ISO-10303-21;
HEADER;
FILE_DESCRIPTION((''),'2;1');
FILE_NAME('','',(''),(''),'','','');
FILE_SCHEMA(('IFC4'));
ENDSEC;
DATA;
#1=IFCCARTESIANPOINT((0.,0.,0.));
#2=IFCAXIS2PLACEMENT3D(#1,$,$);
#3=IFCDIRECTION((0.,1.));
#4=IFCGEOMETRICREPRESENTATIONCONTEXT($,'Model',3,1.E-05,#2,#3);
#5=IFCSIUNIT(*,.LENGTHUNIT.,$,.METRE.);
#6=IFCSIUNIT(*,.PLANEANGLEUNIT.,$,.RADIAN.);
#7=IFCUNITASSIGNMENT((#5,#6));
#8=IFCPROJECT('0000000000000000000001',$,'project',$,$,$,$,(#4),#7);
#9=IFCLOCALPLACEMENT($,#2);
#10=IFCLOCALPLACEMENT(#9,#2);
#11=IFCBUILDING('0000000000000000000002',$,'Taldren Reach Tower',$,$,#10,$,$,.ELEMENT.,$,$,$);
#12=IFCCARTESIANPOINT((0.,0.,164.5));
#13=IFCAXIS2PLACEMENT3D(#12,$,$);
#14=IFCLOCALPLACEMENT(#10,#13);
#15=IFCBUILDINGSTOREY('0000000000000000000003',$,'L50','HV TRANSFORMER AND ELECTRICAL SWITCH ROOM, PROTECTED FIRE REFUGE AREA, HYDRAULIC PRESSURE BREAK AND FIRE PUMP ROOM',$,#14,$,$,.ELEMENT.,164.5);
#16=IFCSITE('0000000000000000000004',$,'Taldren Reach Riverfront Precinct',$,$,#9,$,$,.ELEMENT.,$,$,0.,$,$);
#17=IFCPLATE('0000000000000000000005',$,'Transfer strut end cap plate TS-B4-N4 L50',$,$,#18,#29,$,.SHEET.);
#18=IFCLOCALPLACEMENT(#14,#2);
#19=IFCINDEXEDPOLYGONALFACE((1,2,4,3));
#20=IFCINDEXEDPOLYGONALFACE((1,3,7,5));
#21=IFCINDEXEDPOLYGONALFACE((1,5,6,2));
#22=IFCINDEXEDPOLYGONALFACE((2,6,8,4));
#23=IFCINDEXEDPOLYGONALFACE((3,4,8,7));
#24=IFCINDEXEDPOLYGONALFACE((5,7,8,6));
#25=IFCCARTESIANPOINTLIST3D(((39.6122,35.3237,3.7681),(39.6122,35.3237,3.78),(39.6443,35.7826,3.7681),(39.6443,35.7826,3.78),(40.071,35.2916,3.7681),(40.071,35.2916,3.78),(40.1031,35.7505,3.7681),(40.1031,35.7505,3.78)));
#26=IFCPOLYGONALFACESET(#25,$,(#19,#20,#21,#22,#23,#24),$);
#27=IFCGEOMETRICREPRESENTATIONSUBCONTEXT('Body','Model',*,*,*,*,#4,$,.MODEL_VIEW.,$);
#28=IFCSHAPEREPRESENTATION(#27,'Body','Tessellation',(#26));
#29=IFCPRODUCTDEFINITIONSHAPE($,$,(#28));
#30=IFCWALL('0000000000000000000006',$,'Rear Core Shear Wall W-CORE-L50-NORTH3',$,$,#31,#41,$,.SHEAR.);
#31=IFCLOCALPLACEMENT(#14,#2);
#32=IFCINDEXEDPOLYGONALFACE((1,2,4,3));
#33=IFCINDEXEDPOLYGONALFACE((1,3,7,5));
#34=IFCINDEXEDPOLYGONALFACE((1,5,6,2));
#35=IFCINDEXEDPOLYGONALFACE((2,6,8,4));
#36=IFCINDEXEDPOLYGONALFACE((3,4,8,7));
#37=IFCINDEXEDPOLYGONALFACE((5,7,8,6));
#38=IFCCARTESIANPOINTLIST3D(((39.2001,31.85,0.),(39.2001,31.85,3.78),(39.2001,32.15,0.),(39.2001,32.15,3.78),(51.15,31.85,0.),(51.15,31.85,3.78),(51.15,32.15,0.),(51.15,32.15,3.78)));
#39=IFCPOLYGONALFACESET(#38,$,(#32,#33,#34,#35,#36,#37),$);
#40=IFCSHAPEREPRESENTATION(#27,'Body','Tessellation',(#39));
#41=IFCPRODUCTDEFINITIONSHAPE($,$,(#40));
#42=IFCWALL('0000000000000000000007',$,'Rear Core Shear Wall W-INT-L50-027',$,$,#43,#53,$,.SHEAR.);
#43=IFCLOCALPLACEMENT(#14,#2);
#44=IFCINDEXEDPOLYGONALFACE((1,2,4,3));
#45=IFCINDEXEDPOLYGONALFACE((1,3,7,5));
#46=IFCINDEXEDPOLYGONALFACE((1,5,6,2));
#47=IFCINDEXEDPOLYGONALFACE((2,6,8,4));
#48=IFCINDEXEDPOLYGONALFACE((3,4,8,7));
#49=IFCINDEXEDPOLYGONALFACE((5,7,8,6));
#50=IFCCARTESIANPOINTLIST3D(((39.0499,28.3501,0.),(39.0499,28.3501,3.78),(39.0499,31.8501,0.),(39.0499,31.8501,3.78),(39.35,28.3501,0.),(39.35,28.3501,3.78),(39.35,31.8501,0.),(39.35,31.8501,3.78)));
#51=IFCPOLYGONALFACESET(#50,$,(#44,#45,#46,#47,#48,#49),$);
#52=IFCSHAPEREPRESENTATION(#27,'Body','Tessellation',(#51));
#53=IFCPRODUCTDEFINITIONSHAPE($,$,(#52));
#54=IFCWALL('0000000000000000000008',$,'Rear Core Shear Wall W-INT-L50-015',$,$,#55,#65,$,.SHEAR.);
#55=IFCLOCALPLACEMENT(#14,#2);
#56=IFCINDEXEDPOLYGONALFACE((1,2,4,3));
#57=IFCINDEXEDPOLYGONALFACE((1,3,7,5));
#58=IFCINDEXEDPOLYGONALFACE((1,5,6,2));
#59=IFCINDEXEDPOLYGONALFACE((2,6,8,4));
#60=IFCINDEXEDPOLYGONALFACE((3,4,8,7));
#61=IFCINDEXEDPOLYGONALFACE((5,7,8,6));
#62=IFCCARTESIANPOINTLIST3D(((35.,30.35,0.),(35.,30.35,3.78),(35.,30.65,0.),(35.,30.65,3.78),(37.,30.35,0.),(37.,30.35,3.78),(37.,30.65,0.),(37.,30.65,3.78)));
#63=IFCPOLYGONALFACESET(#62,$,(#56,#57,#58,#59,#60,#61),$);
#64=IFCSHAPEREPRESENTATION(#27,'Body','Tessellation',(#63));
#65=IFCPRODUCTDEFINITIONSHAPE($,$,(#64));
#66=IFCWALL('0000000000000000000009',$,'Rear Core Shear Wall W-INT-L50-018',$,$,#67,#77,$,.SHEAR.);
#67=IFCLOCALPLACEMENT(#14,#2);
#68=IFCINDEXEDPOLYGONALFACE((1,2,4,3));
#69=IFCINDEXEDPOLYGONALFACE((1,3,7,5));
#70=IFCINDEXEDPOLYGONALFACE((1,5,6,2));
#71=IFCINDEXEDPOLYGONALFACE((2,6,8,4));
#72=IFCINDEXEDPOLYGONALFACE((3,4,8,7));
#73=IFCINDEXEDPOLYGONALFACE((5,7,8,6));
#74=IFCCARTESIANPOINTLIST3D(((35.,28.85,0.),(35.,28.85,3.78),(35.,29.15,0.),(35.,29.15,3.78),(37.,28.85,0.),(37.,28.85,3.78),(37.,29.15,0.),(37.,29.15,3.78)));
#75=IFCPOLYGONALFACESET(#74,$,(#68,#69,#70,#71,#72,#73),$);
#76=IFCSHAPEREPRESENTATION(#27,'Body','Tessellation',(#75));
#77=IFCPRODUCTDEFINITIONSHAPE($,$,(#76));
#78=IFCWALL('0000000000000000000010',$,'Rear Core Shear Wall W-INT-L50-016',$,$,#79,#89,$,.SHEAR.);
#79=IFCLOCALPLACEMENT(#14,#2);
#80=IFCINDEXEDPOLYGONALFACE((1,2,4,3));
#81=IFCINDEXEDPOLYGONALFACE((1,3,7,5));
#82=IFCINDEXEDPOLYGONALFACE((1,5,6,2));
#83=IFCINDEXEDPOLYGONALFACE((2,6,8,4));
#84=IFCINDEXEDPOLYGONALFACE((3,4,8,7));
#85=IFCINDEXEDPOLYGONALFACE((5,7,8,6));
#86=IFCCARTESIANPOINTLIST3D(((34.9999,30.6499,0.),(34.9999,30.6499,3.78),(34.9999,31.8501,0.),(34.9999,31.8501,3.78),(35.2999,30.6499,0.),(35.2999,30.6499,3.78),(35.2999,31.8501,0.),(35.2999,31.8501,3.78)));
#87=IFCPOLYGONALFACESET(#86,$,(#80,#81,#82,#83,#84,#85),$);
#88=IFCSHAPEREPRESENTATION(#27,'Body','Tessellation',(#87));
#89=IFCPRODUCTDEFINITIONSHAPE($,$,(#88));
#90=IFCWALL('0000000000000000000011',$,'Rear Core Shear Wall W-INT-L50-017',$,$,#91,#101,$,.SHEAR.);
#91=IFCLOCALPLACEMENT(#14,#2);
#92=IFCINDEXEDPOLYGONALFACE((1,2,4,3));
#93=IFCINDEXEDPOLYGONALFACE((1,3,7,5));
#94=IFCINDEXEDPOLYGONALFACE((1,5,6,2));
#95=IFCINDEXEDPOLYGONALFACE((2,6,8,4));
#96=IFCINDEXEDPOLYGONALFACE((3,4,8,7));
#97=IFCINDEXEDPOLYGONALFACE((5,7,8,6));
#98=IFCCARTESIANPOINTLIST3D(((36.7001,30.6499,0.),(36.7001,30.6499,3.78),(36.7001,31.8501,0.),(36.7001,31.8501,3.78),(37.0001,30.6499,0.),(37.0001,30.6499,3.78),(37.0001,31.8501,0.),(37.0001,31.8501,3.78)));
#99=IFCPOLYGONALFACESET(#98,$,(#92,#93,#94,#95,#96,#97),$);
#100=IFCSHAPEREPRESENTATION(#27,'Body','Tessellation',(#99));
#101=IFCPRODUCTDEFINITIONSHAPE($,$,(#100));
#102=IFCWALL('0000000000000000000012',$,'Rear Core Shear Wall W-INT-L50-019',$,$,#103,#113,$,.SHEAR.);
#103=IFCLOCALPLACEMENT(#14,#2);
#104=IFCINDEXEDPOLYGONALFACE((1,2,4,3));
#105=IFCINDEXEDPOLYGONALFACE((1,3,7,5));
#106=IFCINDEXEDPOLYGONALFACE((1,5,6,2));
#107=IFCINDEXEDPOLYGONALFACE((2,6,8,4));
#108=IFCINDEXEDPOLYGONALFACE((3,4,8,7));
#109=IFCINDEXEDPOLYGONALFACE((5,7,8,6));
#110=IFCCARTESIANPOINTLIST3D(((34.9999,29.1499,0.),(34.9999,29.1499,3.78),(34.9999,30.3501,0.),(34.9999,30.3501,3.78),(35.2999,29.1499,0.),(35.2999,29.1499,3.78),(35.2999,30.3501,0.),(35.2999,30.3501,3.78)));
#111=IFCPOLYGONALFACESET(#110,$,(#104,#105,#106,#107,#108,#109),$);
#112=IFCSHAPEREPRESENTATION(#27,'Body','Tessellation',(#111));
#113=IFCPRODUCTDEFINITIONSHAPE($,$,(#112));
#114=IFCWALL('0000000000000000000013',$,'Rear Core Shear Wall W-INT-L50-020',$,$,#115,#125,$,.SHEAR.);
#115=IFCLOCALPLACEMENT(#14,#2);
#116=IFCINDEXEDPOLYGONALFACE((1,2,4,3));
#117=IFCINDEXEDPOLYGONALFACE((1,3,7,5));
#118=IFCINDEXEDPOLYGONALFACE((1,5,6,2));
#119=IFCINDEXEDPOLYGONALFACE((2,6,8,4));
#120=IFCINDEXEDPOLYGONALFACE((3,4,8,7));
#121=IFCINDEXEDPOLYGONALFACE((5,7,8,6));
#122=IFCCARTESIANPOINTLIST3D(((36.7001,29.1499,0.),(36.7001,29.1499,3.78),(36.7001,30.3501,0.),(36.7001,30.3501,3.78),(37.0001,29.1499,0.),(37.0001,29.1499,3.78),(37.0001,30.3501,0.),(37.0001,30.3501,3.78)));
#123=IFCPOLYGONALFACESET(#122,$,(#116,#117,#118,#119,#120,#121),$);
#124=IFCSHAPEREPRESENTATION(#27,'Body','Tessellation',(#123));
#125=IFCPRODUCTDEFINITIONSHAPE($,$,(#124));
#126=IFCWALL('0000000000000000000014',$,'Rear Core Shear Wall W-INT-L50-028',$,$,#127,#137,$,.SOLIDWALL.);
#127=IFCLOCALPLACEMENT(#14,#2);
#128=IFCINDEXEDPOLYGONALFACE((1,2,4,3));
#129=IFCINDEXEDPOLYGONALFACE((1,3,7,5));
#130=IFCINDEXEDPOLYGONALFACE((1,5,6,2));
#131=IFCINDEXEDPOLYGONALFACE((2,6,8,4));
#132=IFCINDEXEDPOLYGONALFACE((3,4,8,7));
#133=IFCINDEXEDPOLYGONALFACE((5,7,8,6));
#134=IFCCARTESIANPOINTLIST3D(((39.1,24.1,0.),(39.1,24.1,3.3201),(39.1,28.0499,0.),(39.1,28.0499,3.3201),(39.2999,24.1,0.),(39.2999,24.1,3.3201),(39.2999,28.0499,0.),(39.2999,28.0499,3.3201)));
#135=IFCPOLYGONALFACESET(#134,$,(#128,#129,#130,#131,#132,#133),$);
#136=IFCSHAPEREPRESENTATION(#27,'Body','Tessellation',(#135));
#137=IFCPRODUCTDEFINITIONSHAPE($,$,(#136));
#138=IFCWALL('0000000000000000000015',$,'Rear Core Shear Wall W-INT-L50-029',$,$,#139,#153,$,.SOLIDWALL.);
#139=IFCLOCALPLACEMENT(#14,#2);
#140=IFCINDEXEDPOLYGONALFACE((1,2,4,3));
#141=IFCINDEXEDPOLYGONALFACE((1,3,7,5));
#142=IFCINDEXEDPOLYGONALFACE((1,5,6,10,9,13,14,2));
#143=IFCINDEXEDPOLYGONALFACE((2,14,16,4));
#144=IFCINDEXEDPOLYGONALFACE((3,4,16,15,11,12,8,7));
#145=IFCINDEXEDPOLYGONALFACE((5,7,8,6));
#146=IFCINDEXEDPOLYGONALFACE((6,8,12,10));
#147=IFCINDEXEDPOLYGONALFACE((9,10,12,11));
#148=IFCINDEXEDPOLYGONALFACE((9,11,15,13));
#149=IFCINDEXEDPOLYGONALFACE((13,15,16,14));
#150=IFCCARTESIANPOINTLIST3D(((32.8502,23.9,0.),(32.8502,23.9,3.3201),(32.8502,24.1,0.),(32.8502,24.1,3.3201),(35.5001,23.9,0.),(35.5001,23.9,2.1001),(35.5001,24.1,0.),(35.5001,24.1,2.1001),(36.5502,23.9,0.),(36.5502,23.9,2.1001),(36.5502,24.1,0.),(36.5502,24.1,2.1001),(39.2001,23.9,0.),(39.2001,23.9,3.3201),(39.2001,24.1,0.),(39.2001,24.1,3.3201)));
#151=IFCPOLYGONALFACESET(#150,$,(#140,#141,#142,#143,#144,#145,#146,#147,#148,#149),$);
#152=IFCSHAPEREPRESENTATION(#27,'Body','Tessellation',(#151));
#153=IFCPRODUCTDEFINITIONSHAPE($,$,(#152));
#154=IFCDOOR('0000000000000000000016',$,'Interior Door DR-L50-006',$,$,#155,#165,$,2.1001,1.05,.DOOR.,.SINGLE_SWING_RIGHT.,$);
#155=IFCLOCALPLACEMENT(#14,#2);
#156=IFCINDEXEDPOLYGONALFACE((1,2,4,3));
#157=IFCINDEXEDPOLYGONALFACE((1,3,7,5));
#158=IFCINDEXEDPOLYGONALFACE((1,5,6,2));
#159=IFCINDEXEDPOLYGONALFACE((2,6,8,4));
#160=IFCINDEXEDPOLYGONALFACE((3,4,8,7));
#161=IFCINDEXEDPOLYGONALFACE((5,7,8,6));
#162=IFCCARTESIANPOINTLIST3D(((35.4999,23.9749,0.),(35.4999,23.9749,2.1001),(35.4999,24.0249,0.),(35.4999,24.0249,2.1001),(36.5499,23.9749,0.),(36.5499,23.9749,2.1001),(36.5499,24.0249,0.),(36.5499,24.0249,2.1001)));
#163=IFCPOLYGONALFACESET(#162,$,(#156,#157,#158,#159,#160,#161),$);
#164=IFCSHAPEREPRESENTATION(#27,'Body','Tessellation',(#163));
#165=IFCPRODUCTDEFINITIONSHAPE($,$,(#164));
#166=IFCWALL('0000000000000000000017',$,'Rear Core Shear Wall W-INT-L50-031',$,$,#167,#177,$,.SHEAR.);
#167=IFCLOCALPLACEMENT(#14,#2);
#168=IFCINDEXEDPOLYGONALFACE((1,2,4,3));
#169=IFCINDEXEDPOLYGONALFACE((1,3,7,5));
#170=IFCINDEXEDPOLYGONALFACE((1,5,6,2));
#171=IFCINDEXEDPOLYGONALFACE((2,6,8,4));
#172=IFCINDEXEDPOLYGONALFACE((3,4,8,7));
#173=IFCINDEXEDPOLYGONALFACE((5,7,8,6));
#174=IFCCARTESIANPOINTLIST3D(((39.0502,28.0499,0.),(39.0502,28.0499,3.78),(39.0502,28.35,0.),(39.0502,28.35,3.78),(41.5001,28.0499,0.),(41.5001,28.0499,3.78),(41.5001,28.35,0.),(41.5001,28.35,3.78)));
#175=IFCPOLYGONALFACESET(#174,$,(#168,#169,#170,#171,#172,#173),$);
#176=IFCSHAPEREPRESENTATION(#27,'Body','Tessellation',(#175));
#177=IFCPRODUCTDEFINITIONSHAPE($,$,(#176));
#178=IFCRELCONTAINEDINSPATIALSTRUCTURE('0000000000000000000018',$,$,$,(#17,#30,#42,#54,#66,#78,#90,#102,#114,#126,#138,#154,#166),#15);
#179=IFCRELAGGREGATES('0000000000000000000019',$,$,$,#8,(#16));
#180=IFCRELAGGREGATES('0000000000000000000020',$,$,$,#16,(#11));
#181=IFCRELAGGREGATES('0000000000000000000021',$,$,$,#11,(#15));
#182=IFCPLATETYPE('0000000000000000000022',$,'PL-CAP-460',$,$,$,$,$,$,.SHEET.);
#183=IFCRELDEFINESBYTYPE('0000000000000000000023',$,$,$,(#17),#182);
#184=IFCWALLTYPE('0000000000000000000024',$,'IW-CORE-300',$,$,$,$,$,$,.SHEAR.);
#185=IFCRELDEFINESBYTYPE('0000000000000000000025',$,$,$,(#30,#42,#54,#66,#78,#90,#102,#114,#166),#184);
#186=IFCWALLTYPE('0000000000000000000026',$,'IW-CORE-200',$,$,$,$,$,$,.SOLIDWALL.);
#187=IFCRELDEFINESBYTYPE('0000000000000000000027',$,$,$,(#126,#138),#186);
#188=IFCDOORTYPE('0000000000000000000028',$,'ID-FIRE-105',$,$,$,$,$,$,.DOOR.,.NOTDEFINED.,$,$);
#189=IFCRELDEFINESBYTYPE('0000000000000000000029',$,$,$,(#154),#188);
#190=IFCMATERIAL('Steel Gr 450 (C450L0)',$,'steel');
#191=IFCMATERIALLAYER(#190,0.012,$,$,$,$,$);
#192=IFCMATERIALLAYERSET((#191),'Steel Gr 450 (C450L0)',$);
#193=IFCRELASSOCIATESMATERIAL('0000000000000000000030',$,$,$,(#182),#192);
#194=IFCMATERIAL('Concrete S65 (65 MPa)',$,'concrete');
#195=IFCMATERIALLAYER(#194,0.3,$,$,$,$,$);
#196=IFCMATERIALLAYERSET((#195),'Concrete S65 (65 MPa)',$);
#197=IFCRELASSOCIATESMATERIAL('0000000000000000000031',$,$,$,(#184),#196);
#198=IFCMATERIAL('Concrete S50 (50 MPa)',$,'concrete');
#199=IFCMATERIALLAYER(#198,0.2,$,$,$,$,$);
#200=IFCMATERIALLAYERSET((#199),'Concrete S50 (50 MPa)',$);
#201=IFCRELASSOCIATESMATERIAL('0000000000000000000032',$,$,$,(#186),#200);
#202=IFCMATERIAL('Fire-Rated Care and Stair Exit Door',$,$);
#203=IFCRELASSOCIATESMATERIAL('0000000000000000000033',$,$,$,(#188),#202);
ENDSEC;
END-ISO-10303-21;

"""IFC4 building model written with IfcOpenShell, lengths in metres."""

from ifc_helpers import new_model, si_unit, direction, frame, frame_2d, origin, origin_2d, place, context, subcontext, project, spatial, rectangle, extrude, source, transform, mapped, material, layer, layer_set, type_object, element, fill, save


model = new_model("IFC4")

# Units and contexts
model_context = context("Model", 3, precision=1e-05, world=origin(), true_north=direction((0.0, 1.0)))
body_context = subcontext(model_context, "Body", "Model", "MODEL_VIEW")
ifc_project = project(units=[si_unit("LENGTHUNIT", "METRE"), si_unit("PLANEANGLEUNIT", "RADIAN")], contexts=[model_context])

# Site, building, storey
site_placement = place(None, origin())
site = spatial("IfcSite", under=ifc_project, at=site_placement, Name="Taldren Reach Riverfront Precinct", CompositionType="ELEMENT", RefElevation=0.0)
building_placement = place(site_placement, origin())
building = spatial("IfcBuilding", under=site, at=building_placement, Name="Taldren Reach Tower", CompositionType="ELEMENT")
storey_placement = place(building_placement, frame((0.0, 0.0, 164.5)))
storey = spatial("IfcBuildingStorey", under=building, at=storey_placement, Name="L50", Description="HV TRANSFORMER AND ELECTRICAL SWITCH ROOM, PROTECTED FIRE REFUGE AREA, HYDRAULIC PRESSURE BREAK AND FIRE PUMP ROOM", CompositionType="ELEMENT", Elevation=164.5)

# Shared definitions
ifc_material_1 = material(Name="Steel Gr 450 (C450L0)", Category="steel")

# Plate
ifc_layer_1 = layer(ifc_material_1, 0.012)
ifc_layer_set_1 = layer_set([ifc_layer_1], Name="Steel Gr 450 (C450L0)")
plate_type = type_object("IfcPlateType", Name="PL-CAP-460", PredefinedType="SHEET", material=ifc_layer_set_1)
shared_shape_1 = source(origin(), body_context, "Body", "SweptSolid", [
    extrude(rectangle(XDim=0.46, YDim=0.46, at=origin_2d()), origin(), (0.0, 0.0, 1.0), 0.012),
])
plate_placement = place(storey_placement, frame((39.8577, 35.5371, 3.7681), z_axis=(0.0, 0.0, 1.0), x_axis=(0.997564, -0.069756, 0.0)))
element("IfcPlate", 1, at=plate_placement, inside=storey, type_object=plate_type, Name="Transfer strut end cap plate TS-B4-N4 L50", PredefinedType="SHEET", context=body_context, shape_type="MappedRepresentation", body=[
    mapped(shared_shape_1, transform((0.0, 0.0, 0.0), scale=1.0)),
])

# Walls
ifc_material_2 = material(Name="Concrete S65 (65 MPa)", Category="concrete")
ifc_layer_2 = layer(ifc_material_2, 0.3)
ifc_layer_set_2 = layer_set([ifc_layer_2], Name="Concrete S65 (65 MPa)")
wall_type_1 = type_object("IfcWallType", Name="IW-CORE-300", PredefinedType="SHEAR", material=ifc_layer_set_2)
shared_shape_2 = source(origin(), body_context, "Body", "SweptSolid", [
    extrude(rectangle(XDim=11.95, YDim=0.3, at=frame_2d((5.9751, 0.0))), origin(), (0.0, 0.0, 1.0), 3.78),
])
wall_1_placement = place(storey_placement, frame((39.2, 32.0, 0.0), z_axis=(0.0, 0.0, 1.0), x_axis=(1.0, 0.0, 0.0)))
element("IfcWall", 2, at=wall_1_placement, inside=storey, type_object=wall_type_1, Name="Rear Core Shear Wall W-CORE-L50-NORTH3", PredefinedType="SHEAR", context=body_context, shape_type="MappedRepresentation", body=[
    mapped(shared_shape_2, transform((0.0, 0.0, 0.0), scale=1.0)),
])
shared_shape_3 = source(origin(), body_context, "Body", "SweptSolid", [
    extrude(rectangle(XDim=3.5, YDim=0.3, at=frame_2d((1.75, 0.0))), origin(), (0.0, 0.0, 1.0), 3.78),
])
wall_2_placement = place(storey_placement, frame((39.2, 31.8501, 0.0), z_axis=(0.0, 0.0, 1.0), x_axis=(0.0, -1.0, 0.0)))
element("IfcWall", 3, at=wall_2_placement, inside=storey, type_object=wall_type_1, Name="Rear Core Shear Wall W-INT-L50-027", PredefinedType="SHEAR", context=body_context, shape_type="MappedRepresentation", body=[
    mapped(shared_shape_3, transform((0.0, 0.0, 0.0), scale=1.0)),
])
shared_shape_4 = source(origin(), body_context, "Body", "SweptSolid", [
    extrude(rectangle(XDim=2.0, YDim=0.3, at=frame_2d((1.0, 0.0))), origin(), (0.0, 0.0, 1.0), 3.78),
])
for number, where, z_axis, x_axis, name in (
    (4, (35.0, 30.5, 0.0), (0.0, 0.0, 1.0), (1.0, 0.0, 0.0), "Rear Core Shear Wall W-INT-L50-015"),
    (5, (35.0, 29.0, 0.0), (0.0, 0.0, 1.0), (1.0, 0.0, 0.0), "Rear Core Shear Wall W-INT-L50-018"),
):
    element("IfcWall", number, at=place(storey_placement, frame(where, z_axis=z_axis, x_axis=x_axis)), inside=storey, type_object=wall_type_1, Name=name, PredefinedType="SHEAR", context=body_context, shape_type="MappedRepresentation", body=[
        mapped(shared_shape_4, transform((0.0, 0.0, 0.0), scale=1.0)),
    ])
shared_shape_5 = source(origin(), body_context, "Body", "SweptSolid", [
    extrude(rectangle(XDim=1.2002, YDim=0.3, at=frame_2d((0.6001, 0.0))), origin(), (0.0, 0.0, 1.0), 3.78),
])
for number, where, z_axis, x_axis, name in (
    (6, (35.1499, 31.8501, 0.0), (0.0, 0.0, 1.0), (0.0, -1.0, 0.0), "Rear Core Shear Wall W-INT-L50-016"),
    (7, (36.8501, 30.6499, 0.0), (0.0, 0.0, 1.0), (0.0, 1.0, 0.0), "Rear Core Shear Wall W-INT-L50-017"),
    (8, (35.1499, 30.3501, 0.0), (0.0, 0.0, 1.0), (0.0, -1.0, 0.0), "Rear Core Shear Wall W-INT-L50-019"),
    (9, (36.8501, 29.1499, 0.0), (0.0, 0.0, 1.0), (0.0, 1.0, 0.0), "Rear Core Shear Wall W-INT-L50-020"),
):
    element("IfcWall", number, at=place(storey_placement, frame(where, z_axis=z_axis, x_axis=x_axis)), inside=storey, type_object=wall_type_1, Name=name, PredefinedType="SHEAR", context=body_context, shape_type="MappedRepresentation", body=[
        mapped(shared_shape_5, transform((0.0, 0.0, 0.0), scale=1.0)),
    ])
ifc_material_3 = material(Name="Concrete S50 (50 MPa)", Category="concrete")
ifc_layer_3 = layer(ifc_material_3, 0.2)
ifc_layer_set_3 = layer_set([ifc_layer_3], Name="Concrete S50 (50 MPa)")
wall_type_2 = type_object("IfcWallType", Name="IW-CORE-200", PredefinedType="SOLIDWALL", material=ifc_layer_set_3)
shared_shape_6 = source(origin(), body_context, "Body", "SweptSolid", [
    extrude(rectangle(XDim=3.95, YDim=0.2, at=frame_2d((1.9751, 0.0))), origin(), (0.0, 0.0, 1.0), 3.3201),
])
wall_3_placement = place(storey_placement, frame((39.2, 28.05, 0.0), z_axis=(0.0, 0.0, 1.0), x_axis=(0.0, -1.0, 0.0)))
element("IfcWall", 10, at=wall_3_placement, inside=storey, type_object=wall_type_2, Name="Rear Core Shear Wall W-INT-L50-028", PredefinedType="SOLIDWALL", context=body_context, shape_type="MappedRepresentation", body=[
    mapped(shared_shape_6, transform((0.0, 0.0, 0.0), scale=1.0)),
])

# Wall, opening, door
shared_shape_7 = source(origin(), body_context, "Body", "SweptSolid", [
    extrude(rectangle(XDim=6.3499, YDim=0.2, at=frame_2d((3.1748, 0.0))), origin(), (0.0, 0.0, 1.0), 3.3201),
])
wall_4_placement = place(storey_placement, frame((39.2, 24.0, 0.0), z_axis=(0.0, 0.0, 1.0), x_axis=(-1.0, 0.0, 0.0)))
wall_4 = element("IfcWall", 11, at=wall_4_placement, inside=storey, type_object=wall_type_2, Name="Rear Core Shear Wall W-INT-L50-029", PredefinedType="SOLIDWALL", context=body_context, shape_type="MappedRepresentation", body=[
    mapped(shared_shape_7, transform((0.0, 0.0, 0.0), scale=1.0)),
])
shared_shape_8 = source(origin(), body_context, "Body", "SweptSolid", [
    extrude(rectangle(XDim=1.05, YDim=2.1001, at=frame_2d((0.5249, 1.05))), frame((0.0, 0.1099, 0.0), z_axis=(0.0, -1.0, 0.0), x_axis=(1.0, 0.0, 0.0)), (0.0, 0.0, 1.0), 0.22),
])
opening_placement = place(wall_4_placement, frame((2.6499, 0.0, 0.0)))
opening = element("IfcOpeningElement", 12, at=opening_placement, cuts=wall_4, PredefinedType="OPENING", context=body_context, shape_type="MappedRepresentation", body=[
    mapped(shared_shape_8, transform((0.0, 0.0, 0.0), scale=1.0)),
])
ifc_material_4 = material(Name="Fire-Rated Care and Stair Exit Door")
door_type = type_object("IfcDoorType", Name="ID-FIRE-105", OperationType="NOTDEFINED", PredefinedType="DOOR", material=ifc_material_4)
shared_shape_9 = source(origin(), body_context, "Body", "SweptSolid", [
    extrude(rectangle(XDim=1.05, YDim=2.1001, at=frame_2d((0.5249, 1.05))), frame((0.0, 0.0249, 0.0), z_axis=(0.0, -1.0, 0.0), x_axis=(1.0, 0.0, 0.0)), (0.0, 0.0, 1.0), 0.05),
])
door_placement = place(opening_placement, frame((1.05, 0.0, 0.0), z_axis=(0.0, 0.0, 1.0), x_axis=(-1.0, 0.0, 0.0)))
door = element("IfcDoor", 13, at=door_placement, inside=storey, type_object=door_type, Name="Interior Door DR-L50-006", OperationType="SINGLE_SWING_RIGHT", OverallHeight=2.1001, OverallWidth=1.05, PredefinedType="DOOR", context=body_context, shape_type="MappedRepresentation", body=[
    mapped(shared_shape_9, transform((0.0, 0.0, 0.0), scale=1.0)),
])
fill(opening, door)

# Wall
shared_shape_10 = source(origin(), body_context, "Body", "SweptSolid", [
    extrude(rectangle(XDim=2.45, YDim=0.3, at=frame_2d((1.2251, 0.0))), origin(), (0.0, 0.0, 1.0), 3.78),
])
wall_5_placement = place(storey_placement, frame((39.05, 28.2, 0.0), z_axis=(0.0, 0.0, 1.0), x_axis=(1.0, 0.0, 0.0)))
element("IfcWall", 14, at=wall_5_placement, inside=storey, type_object=wall_type_1, Name="Rear Core Shear Wall W-INT-L50-031", PredefinedType="SHEAR", context=body_context, shape_type="MappedRepresentation", body=[
    mapped(shared_shape_10, transform((0.0, 0.0, 0.0), scale=1.0)),
])

save(model, "model.ifc")
